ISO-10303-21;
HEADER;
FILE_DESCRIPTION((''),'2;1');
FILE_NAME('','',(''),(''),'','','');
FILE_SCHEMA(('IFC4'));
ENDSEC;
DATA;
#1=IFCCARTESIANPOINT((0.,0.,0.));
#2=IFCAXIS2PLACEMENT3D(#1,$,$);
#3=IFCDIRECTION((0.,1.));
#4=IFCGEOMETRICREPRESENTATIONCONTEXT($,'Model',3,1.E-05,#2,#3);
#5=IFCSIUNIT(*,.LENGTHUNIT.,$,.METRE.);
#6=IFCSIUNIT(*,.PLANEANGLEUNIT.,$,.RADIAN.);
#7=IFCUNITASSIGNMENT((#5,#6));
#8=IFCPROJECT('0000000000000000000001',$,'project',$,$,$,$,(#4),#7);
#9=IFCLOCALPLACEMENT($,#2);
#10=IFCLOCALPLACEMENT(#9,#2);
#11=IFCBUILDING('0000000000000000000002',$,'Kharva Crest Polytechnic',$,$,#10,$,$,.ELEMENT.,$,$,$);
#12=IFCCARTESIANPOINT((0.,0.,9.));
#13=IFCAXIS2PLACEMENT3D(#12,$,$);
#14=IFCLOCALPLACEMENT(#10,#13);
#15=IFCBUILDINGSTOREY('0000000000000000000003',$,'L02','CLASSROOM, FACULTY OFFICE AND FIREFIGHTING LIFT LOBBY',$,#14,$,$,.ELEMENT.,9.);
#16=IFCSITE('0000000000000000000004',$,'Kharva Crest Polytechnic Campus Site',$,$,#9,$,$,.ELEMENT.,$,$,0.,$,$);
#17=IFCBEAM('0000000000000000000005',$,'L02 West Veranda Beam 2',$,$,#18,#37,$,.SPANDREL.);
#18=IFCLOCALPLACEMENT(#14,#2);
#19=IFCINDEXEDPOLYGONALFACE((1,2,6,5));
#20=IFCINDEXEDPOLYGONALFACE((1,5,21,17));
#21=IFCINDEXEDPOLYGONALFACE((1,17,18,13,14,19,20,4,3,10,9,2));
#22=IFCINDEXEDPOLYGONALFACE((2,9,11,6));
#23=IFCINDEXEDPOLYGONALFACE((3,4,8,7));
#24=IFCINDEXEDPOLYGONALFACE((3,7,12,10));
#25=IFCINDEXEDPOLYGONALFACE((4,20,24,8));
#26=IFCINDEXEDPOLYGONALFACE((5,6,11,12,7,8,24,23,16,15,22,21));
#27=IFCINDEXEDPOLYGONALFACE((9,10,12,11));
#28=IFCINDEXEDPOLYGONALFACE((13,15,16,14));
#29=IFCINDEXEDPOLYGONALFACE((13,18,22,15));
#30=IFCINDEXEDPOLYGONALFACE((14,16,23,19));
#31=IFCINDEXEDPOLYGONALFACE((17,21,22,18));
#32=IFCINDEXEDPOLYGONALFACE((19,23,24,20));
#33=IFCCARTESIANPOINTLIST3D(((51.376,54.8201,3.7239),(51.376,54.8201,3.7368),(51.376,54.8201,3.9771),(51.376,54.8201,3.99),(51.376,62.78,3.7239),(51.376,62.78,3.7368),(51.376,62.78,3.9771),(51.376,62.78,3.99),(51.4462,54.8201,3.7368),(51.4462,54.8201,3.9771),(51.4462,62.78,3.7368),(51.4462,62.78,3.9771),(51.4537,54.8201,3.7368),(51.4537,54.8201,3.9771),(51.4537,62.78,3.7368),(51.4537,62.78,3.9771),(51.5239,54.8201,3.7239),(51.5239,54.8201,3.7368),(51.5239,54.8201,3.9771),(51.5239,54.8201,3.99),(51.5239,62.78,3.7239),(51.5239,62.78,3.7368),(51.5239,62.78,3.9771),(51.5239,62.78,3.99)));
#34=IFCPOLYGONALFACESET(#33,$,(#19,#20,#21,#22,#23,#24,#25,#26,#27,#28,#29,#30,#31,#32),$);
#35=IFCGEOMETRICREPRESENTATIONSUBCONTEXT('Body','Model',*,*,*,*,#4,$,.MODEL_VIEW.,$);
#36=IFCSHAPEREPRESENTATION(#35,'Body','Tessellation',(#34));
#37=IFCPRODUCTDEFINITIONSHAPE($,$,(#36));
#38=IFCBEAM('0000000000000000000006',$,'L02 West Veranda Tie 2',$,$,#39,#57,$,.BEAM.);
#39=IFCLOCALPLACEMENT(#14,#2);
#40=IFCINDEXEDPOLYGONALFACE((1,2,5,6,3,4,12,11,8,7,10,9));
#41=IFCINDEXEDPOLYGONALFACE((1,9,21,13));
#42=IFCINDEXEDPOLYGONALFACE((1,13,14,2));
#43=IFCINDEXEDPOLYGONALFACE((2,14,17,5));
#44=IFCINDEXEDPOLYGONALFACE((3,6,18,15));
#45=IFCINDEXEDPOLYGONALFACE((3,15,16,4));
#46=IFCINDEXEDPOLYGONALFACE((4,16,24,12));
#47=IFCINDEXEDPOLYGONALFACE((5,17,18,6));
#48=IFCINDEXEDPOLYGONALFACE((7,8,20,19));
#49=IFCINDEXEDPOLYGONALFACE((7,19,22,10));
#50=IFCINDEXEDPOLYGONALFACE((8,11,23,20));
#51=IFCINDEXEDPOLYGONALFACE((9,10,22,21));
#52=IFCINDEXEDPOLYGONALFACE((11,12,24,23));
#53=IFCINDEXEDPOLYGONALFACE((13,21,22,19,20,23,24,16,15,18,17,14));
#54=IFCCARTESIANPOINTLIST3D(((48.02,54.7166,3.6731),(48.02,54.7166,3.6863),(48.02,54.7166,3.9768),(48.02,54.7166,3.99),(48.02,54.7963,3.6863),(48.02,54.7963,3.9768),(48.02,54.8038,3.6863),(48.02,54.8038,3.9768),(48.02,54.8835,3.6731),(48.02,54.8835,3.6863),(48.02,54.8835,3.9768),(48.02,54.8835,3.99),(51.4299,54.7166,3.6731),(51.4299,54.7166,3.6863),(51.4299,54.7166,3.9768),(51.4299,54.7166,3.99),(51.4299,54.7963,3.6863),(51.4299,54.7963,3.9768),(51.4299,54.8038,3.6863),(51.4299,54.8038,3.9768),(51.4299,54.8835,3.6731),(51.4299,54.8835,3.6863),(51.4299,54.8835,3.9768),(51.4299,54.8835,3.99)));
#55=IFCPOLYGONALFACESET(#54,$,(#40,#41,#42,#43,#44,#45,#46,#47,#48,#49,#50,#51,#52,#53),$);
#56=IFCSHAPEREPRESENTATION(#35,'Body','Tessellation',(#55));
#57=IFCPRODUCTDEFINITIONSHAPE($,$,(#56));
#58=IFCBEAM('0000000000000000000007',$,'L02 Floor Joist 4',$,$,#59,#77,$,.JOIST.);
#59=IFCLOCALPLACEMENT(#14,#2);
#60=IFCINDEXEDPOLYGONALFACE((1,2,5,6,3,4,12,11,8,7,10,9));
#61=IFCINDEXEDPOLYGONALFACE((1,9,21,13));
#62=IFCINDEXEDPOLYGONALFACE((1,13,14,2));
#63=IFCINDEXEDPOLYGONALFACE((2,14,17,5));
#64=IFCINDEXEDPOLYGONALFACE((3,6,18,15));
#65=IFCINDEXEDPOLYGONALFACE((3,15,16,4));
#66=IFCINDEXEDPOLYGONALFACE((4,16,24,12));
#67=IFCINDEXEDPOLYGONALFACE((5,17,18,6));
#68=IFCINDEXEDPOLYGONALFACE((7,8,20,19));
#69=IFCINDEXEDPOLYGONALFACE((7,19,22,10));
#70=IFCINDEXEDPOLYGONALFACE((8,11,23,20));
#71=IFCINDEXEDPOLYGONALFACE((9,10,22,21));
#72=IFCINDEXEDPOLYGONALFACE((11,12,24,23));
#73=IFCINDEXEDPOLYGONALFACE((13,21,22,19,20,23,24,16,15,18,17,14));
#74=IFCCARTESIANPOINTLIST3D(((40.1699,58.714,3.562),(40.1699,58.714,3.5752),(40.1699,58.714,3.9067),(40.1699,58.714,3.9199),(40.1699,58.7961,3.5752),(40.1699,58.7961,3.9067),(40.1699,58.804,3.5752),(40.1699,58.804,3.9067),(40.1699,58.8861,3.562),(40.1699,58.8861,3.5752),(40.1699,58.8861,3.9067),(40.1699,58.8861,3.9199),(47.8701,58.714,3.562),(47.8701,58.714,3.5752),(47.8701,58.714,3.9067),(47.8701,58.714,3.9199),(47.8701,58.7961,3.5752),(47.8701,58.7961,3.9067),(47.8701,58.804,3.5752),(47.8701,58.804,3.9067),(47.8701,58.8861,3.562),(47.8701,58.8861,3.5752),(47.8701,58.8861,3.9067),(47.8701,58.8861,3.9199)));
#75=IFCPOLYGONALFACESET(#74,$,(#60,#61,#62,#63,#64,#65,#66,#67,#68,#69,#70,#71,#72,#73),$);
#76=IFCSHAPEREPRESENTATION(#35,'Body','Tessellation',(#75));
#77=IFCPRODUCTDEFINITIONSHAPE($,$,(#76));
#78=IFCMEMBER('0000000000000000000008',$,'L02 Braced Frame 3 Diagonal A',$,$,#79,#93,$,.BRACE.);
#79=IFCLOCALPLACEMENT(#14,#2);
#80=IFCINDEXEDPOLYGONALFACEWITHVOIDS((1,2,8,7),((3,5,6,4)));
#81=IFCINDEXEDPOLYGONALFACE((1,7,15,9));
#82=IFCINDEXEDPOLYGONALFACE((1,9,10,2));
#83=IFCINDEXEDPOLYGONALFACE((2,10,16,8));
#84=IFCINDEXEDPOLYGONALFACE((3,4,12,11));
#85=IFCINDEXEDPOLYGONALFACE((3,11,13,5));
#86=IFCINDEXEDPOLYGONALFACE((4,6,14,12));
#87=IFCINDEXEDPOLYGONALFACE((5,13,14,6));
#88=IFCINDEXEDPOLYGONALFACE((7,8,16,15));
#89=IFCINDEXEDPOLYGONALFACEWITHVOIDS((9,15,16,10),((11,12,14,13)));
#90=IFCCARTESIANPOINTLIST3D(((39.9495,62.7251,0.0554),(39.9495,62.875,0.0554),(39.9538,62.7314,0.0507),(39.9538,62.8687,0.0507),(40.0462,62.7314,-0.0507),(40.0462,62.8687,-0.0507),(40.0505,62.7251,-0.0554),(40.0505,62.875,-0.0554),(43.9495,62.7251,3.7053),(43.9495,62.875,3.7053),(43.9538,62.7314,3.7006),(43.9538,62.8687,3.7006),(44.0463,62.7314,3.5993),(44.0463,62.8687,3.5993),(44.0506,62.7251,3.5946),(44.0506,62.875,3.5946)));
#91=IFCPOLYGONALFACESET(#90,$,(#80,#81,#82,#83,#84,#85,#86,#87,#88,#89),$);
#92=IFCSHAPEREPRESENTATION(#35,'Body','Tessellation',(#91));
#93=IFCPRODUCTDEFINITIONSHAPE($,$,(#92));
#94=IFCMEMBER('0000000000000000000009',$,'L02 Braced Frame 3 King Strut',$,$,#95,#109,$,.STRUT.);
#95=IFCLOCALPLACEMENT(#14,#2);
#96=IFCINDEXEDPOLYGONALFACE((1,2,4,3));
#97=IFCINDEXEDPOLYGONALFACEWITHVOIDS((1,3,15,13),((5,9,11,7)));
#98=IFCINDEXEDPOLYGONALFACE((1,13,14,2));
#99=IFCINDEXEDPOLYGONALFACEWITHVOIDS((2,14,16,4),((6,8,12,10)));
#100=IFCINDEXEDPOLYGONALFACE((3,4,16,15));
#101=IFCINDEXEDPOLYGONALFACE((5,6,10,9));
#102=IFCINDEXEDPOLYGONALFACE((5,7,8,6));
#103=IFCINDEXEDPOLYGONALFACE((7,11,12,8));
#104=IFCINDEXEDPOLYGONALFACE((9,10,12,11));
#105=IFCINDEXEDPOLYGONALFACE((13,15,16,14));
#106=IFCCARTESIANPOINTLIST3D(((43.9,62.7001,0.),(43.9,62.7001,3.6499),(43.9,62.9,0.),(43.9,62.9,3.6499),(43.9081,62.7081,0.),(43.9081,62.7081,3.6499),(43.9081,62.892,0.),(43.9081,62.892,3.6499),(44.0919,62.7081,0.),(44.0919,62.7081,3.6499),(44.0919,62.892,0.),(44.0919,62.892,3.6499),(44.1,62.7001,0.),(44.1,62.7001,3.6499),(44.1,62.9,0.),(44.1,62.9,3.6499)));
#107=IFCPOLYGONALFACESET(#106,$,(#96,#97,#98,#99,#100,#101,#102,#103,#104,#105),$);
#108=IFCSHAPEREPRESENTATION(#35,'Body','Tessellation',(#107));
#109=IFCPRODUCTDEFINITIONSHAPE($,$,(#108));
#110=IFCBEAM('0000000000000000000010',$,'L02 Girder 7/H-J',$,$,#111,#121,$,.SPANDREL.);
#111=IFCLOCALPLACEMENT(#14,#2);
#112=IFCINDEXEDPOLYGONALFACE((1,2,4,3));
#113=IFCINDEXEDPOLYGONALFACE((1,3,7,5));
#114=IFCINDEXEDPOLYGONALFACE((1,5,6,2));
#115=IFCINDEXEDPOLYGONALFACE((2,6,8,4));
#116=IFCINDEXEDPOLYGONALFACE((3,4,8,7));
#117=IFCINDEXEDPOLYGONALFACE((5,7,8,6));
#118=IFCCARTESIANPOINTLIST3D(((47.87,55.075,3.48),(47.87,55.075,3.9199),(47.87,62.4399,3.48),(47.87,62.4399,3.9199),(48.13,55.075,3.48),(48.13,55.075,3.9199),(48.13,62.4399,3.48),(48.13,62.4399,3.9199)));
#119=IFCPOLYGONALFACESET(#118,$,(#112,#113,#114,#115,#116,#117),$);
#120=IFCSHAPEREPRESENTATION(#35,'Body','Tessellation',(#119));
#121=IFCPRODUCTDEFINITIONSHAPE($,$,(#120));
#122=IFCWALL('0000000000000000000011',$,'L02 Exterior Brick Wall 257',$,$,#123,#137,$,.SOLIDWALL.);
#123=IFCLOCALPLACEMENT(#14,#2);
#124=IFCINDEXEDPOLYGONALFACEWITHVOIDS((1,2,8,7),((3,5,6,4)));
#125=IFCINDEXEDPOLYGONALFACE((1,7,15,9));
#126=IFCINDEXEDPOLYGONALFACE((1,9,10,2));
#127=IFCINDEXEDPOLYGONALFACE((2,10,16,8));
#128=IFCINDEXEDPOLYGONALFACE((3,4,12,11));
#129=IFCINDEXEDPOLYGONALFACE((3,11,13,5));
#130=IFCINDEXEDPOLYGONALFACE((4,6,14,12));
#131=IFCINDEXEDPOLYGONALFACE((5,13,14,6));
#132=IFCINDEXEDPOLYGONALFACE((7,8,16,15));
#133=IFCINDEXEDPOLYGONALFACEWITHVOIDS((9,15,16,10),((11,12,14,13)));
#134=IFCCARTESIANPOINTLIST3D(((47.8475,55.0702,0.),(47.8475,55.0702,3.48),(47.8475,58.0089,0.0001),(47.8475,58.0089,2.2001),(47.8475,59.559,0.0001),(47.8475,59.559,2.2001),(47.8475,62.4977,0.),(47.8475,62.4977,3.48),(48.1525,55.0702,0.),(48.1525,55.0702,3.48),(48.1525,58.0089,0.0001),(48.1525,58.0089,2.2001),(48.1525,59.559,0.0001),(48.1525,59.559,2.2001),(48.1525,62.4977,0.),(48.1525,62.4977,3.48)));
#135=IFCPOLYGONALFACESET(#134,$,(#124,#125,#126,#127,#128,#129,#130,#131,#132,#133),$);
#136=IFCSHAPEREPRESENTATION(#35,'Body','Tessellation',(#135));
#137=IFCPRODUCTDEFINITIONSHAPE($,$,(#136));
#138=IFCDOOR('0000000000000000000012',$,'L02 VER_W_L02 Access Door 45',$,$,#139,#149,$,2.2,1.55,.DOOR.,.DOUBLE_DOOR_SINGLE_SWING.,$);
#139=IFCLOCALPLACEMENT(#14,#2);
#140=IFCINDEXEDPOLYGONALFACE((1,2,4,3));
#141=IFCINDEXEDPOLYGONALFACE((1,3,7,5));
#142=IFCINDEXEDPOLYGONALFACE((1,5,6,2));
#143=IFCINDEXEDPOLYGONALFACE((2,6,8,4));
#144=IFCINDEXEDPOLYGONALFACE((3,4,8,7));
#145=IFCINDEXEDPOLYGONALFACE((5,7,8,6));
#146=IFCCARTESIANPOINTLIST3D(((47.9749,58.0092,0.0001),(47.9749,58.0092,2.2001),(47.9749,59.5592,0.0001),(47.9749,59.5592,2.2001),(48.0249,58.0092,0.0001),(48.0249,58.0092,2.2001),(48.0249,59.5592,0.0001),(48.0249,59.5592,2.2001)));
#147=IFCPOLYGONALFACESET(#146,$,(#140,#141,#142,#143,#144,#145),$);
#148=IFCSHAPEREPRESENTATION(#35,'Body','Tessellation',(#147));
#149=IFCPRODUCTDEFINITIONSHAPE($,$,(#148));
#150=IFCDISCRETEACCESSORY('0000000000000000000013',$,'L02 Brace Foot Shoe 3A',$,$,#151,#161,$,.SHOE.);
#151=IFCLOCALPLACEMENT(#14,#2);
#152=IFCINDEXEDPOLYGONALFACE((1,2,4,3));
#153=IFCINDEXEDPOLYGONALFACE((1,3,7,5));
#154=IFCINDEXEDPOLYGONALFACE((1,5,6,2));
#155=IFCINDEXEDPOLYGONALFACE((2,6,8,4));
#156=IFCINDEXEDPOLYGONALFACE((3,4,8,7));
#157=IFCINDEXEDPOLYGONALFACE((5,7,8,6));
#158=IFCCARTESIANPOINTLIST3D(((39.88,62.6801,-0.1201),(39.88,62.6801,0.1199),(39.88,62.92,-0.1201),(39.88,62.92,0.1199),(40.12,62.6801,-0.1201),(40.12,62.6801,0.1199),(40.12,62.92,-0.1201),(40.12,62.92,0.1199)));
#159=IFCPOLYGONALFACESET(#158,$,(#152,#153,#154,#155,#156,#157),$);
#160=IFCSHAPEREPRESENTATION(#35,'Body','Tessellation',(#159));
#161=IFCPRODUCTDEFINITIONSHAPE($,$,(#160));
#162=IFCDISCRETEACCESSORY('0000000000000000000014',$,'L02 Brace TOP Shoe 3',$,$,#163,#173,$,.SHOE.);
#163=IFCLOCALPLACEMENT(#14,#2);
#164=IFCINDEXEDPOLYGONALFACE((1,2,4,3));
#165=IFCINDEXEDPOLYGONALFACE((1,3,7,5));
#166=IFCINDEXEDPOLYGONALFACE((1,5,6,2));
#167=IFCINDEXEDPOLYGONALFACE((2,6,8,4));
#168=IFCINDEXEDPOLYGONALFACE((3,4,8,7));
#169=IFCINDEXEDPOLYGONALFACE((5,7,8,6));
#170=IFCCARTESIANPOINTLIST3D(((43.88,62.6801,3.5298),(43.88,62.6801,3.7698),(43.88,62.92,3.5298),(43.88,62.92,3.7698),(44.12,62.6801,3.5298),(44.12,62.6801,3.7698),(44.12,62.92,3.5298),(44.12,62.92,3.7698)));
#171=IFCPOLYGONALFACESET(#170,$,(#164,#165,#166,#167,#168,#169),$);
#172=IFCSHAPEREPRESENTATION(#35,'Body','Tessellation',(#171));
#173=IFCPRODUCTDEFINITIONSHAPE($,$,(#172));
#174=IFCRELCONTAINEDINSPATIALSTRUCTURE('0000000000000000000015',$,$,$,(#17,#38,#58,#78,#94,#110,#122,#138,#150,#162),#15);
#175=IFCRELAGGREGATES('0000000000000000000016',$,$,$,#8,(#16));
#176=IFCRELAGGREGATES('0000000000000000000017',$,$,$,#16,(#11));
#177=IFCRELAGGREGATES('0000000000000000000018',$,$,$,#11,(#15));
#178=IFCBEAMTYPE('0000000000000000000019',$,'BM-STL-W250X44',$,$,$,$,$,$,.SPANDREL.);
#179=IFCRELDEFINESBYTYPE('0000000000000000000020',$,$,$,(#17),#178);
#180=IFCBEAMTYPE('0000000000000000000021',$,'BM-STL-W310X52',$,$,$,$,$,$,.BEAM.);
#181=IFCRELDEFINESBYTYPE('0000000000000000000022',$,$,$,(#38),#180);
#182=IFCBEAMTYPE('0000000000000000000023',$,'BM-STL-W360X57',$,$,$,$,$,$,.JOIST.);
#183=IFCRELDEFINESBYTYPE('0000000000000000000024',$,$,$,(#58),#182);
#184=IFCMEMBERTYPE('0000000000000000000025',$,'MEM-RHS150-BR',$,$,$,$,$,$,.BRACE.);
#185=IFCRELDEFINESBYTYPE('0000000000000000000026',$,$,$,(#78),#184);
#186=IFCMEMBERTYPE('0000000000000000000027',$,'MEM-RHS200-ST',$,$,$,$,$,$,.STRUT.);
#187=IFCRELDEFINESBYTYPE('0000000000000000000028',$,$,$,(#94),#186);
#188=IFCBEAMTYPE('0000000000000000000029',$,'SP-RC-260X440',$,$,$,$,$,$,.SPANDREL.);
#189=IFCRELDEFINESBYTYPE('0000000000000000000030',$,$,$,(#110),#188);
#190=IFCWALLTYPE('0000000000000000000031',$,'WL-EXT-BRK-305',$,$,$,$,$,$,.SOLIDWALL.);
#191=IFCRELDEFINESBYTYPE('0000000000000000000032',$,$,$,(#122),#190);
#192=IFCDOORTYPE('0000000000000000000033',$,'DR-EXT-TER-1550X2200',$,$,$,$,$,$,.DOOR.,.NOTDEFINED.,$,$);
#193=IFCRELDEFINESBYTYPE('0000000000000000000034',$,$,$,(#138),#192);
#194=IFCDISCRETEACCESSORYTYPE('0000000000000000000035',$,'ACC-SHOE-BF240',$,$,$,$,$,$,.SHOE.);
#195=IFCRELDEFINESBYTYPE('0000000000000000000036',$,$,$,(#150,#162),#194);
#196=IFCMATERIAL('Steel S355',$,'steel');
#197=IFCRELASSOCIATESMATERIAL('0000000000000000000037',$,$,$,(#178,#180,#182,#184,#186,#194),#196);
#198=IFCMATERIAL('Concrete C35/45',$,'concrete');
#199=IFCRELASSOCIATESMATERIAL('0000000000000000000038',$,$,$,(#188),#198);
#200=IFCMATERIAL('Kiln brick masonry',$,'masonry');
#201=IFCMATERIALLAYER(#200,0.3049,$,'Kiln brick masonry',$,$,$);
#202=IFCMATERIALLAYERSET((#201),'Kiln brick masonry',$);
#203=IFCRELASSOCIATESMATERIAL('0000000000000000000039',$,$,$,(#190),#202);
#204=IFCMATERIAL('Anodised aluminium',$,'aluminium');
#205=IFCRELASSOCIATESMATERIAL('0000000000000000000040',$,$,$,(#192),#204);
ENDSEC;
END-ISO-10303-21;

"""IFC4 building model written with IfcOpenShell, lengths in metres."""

from ifc_helpers import new_model, si_unit, direction, frame, frame_2d, origin, origin_2d, place, context, subcontext, project, spatial, rectangle, hollow_rectangle, i_section, extrude, material, layer, layer_set, material_profile, profile_set, type_object, element, fill, save


model = new_model("IFC4")

# Units and contexts
model_context = context("Model", 3, precision=1e-05, world=origin(), true_north=direction((0.0, 1.0)))
body_context = subcontext(model_context, "Body", "Model", "MODEL_VIEW")
ifc_project = project(units=[si_unit("LENGTHUNIT", "METRE"), si_unit("PLANEANGLEUNIT", "RADIAN")], contexts=[model_context])

# Site, building, storey
site_placement = place(None, origin())
site = spatial("IfcSite", under=ifc_project, at=site_placement, Name="Kharva Crest Polytechnic Campus Site", CompositionType="ELEMENT", RefElevation=0.0)
building_placement = place(site_placement, origin())
building = spatial("IfcBuilding", under=site, at=building_placement, Name="Kharva Crest Polytechnic", CompositionType="ELEMENT")
storey_placement = place(building_placement, frame((0.0, 0.0, 9.0)))
storey = spatial("IfcBuildingStorey", under=building, at=storey_placement, Name="L02", Description="CLASSROOM, FACULTY OFFICE AND FIREFIGHTING LIFT LOBBY", CompositionType="ELEMENT", Elevation=9.0)

# Shared definitions
ifc_material_1 = material(Name="Steel S355", Category="steel")

# Beams
ifc_material_2 = material(Name="Concrete C35/45", Category="concrete")
ifc_material_profile_1 = material_profile(ifc_material_1, i_section(OverallWidth=0.1479, OverallDepth=0.2661, WebThickness=0.0076, FlangeThickness=0.0129, at=origin_2d()), Name="W250X44.8")
ifc_profile_set_1 = profile_set([ifc_material_profile_1], Name="Steel S355")
beam_type_1 = type_object("IfcBeamType", Name="BM-STL-W250X44", PredefinedType="SPANDREL", material=ifc_profile_set_1)
beam_1_placement = place(storey_placement, frame((51.45, 54.8201, 3.8569), z_axis=(0.0, 1.0, 0.0), x_axis=(-1.0, 0.0, 0.0)))
element("IfcBeam", 1, at=beam_1_placement, inside=storey, type_object=beam_type_1, Name="L02 West Veranda Beam 2", PredefinedType="SPANDREL", context=body_context, shape_type="SweptSolid", body=[
    extrude(i_section(OverallWidth=0.1479, OverallDepth=0.2661, WebThickness=0.0076, FlangeThickness=0.0129, at=origin_2d()), origin(), (0.0, 0.0, 1.0), 7.96),
])
ifc_material_profile_2 = material_profile(ifc_material_1, i_section(OverallWidth=0.167, OverallDepth=0.3169, WebThickness=0.0076, FlangeThickness=0.0132, at=origin_2d()), Name="W310X52")
ifc_profile_set_2 = profile_set([ifc_material_profile_2], Name="Steel S355")
beam_type_2 = type_object("IfcBeamType", Name="BM-STL-W310X52", PredefinedType="BEAM", material=ifc_profile_set_2)
beam_2_placement = place(storey_placement, frame((48.02, 54.8, 3.8315), z_axis=(1.0, 0.0, 0.0), x_axis=(0.0, 1.0, 0.0)))
element("IfcBeam", 2, at=beam_2_placement, inside=storey, type_object=beam_type_2, Name="L02 West Veranda Tie 2", PredefinedType="BEAM", context=body_context, shape_type="SweptSolid", body=[
    extrude(i_section(OverallWidth=0.167, OverallDepth=0.3169, WebThickness=0.0076, FlangeThickness=0.0132, at=origin_2d()), origin(), (0.0, 0.0, 1.0), 3.4099),
])
ifc_material_profile_3 = material_profile(ifc_material_1, i_section(OverallWidth=0.1721, OverallDepth=0.3579, WebThickness=0.0078, FlangeThickness=0.0132, at=origin_2d()), Name="W360X57.8")
ifc_profile_set_3 = profile_set([ifc_material_profile_3], Name="Steel S355")
beam_type_3 = type_object("IfcBeamType", Name="BM-STL-W360X57", PredefinedType="JOIST", material=ifc_profile_set_3)
beam_3_placement = place(storey_placement, frame((40.1699, 58.8, 3.741), z_axis=(1.0, 0.0, 0.0), x_axis=(0.0, 1.0, 0.0)))
element("IfcBeam", 3, at=beam_3_placement, inside=storey, type_object=beam_type_3, Name="L02 Floor Joist 4", PredefinedType="JOIST", context=body_context, shape_type="SweptSolid", body=[
    extrude(i_section(OverallWidth=0.1721, OverallDepth=0.3579, WebThickness=0.0078, FlangeThickness=0.0132, at=origin_2d()), origin(), (0.0, 0.0, 1.0), 7.7002),
])

# Members
ifc_material_profile_4 = material_profile(ifc_material_1, hollow_rectangle(XDim=0.1499, YDim=0.1499, WallThickness=0.0063, at=origin_2d()), Name="RHS 150X150X6.3")
ifc_profile_set_4 = profile_set([ifc_material_profile_4], Name="Steel S355")
member_type_1 = type_object("IfcMemberType", Name="MEM-RHS150-BR", PredefinedType="BRACE", material=ifc_profile_set_4)
member_1_placement = place(storey_placement, frame((40.0, 62.8, 0.0), z_axis=(0.738694, 0.0, 0.674041), x_axis=(0.0, 1.0, 0.0)))
element("IfcMember", 4, at=member_1_placement, inside=storey, type_object=member_type_1, Name="L02 Braced Frame 3 Diagonal A", PredefinedType="BRACE", context=body_context, shape_type="SweptSolid", body=[
    extrude(hollow_rectangle(XDim=0.1499, YDim=0.1499, WallThickness=0.0063, at=origin_2d()), origin(), (0.0, 0.0, 1.0), 5.415),
])
ifc_material_profile_5 = material_profile(ifc_material_1, hollow_rectangle(XDim=0.2, YDim=0.2, WallThickness=0.0081, at=origin_2d()), Name="RHS 200X200X8.0")
ifc_profile_set_5 = profile_set([ifc_material_profile_5], Name="Steel S355")
member_type_2 = type_object("IfcMemberType", Name="MEM-RHS200-ST", PredefinedType="STRUT", material=ifc_profile_set_5)
member_2_placement = place(storey_placement, frame((44.0, 62.8, 0.0), z_axis=(0.0, 0.0, 1.0), x_axis=(1.0, 0.0, 0.0)))
element("IfcMember", 5, at=member_2_placement, inside=storey, type_object=member_type_2, Name="L02 Braced Frame 3 King Strut", PredefinedType="STRUT", context=body_context, shape_type="SweptSolid", body=[
    extrude(hollow_rectangle(XDim=0.2, YDim=0.2, WallThickness=0.0081, at=origin_2d()), origin(), (0.0, 0.0, 1.0), 3.6499),
])

# Beam
ifc_material_profile_6 = material_profile(ifc_material_2, rectangle(XDim=0.26, YDim=0.4399, at=origin_2d()), Name="RECT 260 X 440")
ifc_profile_set_6 = profile_set([ifc_material_profile_6], Name="Concrete C35/45")
beam_type_4 = type_object("IfcBeamType", Name="SP-RC-260X440", PredefinedType="SPANDREL", material=ifc_profile_set_6)
beam_4_placement = place(storey_placement, frame((48.0, 55.075, 3.7), z_axis=(0.0, 1.0, 0.0), x_axis=(-1.0, 0.0, 0.0)))
element("IfcBeam", 6, at=beam_4_placement, inside=storey, type_object=beam_type_4, Name="L02 Girder 7/H-J", PredefinedType="SPANDREL", context=body_context, shape_type="SweptSolid", body=[
    extrude(rectangle(XDim=0.26, YDim=0.4399, at=origin_2d()), origin(), (0.0, 0.0, 1.0), 7.365),
])

# Wall, opening, door
ifc_material_3 = material(Name="Kiln brick masonry", Category="masonry")
ifc_layer = layer(ifc_material_3, 0.3049, Name="Kiln brick masonry")
ifc_layer_set = layer_set([ifc_layer], Name="Kiln brick masonry")
wall_type = type_object("IfcWallType", Name="WL-EXT-BRK-305", PredefinedType="SOLIDWALL", material=ifc_layer_set)
wall_placement = place(storey_placement, frame((48.0, 55.0701, 0.0), z_axis=(0.0, 0.0, 1.0), x_axis=(0.0, 1.0, 0.0)))
wall = element("IfcWall", 7, at=wall_placement, inside=storey, type_object=wall_type, Name="L02 Exterior Brick Wall 257", PredefinedType="SOLIDWALL", context=body_context, shape_type="SweptSolid", body=[
    extrude(rectangle(XDim=7.4275, YDim=0.3049, at=frame_2d((3.7139, 0.0))), origin(), (0.0, 0.0, 1.0), 3.48),
])
opening_placement = place(wall_placement, frame((2.939, 0.0, 0.0)))
opening = element("IfcOpeningElement", 8, at=opening_placement, cuts=wall, PredefinedType="OPENING", context=body_context, shape_type="SweptSolid", body=[
    extrude(rectangle(XDim=1.55, YDim=2.2, at=frame_2d((0.7749, 1.1001))), frame((0.0, 0.1624, 0.0), z_axis=(0.0, -1.0, 0.0), x_axis=(1.0, 0.0, 0.0)), (0.0, 0.0, 1.0), 0.325),
])
ifc_material_4 = material(Name="Anodised aluminium", Category="aluminium")
door_type = type_object("IfcDoorType", Name="DR-EXT-TER-1550X2200", OperationType="NOTDEFINED", PredefinedType="DOOR", material=ifc_material_4)
door_placement = place(opening_placement, frame((1.55, 0.0, 0.0), z_axis=(0.0, 0.0, 1.0), x_axis=(-1.0, 0.0, 0.0)))
door = element("IfcDoor", 9, at=door_placement, inside=storey, type_object=door_type, Name="L02 VER_W_L02 Access Door 45", OperationType="DOUBLE_DOOR_SINGLE_SWING", OverallHeight=2.2, OverallWidth=1.55, PredefinedType="DOOR", context=body_context, shape_type="SweptSolid", body=[
    extrude(rectangle(XDim=1.55, YDim=2.2, at=frame_2d((0.7749, 1.1001))), frame((0.0, 0.0249, 0.0), z_axis=(0.0, -1.0, 0.0), x_axis=(1.0, 0.0, 0.0)), (0.0, 0.0, 1.0), 0.05),
])
fill(opening, door)

# Discrete accessories
discrete_accessory_type_1 = type_object("IfcDiscreteAccessoryType", Name="ACC-SHOE-BF240", PredefinedType="SHOE", material=ifc_material_1)
for number, where, z_axis, x_axis, name in (
    (10, (40.0, 62.8, -0.1201), (0.0, 0.0, 1.0), (1.0, 0.0, 0.0), "L02 Brace Foot Shoe 3A"),
    (11, (44.0, 62.8, 3.5298), (0.0, 0.0, 1.0), (1.0, 0.0, 0.0), "L02 Brace TOP Shoe 3"),
):
    element("IfcDiscreteAccessory", number, at=place(storey_placement, frame(where, z_axis=z_axis, x_axis=x_axis)), inside=storey, type_object=discrete_accessory_type_1, Name=name, PredefinedType="SHOE", context=body_context, shape_type="SweptSolid", body=[
        extrude(rectangle(XDim=0.24, YDim=0.24, at=origin_2d()), origin(), (0.0, 0.0, 1.0), 0.24),
    ])

save(model, "model.ifc")
